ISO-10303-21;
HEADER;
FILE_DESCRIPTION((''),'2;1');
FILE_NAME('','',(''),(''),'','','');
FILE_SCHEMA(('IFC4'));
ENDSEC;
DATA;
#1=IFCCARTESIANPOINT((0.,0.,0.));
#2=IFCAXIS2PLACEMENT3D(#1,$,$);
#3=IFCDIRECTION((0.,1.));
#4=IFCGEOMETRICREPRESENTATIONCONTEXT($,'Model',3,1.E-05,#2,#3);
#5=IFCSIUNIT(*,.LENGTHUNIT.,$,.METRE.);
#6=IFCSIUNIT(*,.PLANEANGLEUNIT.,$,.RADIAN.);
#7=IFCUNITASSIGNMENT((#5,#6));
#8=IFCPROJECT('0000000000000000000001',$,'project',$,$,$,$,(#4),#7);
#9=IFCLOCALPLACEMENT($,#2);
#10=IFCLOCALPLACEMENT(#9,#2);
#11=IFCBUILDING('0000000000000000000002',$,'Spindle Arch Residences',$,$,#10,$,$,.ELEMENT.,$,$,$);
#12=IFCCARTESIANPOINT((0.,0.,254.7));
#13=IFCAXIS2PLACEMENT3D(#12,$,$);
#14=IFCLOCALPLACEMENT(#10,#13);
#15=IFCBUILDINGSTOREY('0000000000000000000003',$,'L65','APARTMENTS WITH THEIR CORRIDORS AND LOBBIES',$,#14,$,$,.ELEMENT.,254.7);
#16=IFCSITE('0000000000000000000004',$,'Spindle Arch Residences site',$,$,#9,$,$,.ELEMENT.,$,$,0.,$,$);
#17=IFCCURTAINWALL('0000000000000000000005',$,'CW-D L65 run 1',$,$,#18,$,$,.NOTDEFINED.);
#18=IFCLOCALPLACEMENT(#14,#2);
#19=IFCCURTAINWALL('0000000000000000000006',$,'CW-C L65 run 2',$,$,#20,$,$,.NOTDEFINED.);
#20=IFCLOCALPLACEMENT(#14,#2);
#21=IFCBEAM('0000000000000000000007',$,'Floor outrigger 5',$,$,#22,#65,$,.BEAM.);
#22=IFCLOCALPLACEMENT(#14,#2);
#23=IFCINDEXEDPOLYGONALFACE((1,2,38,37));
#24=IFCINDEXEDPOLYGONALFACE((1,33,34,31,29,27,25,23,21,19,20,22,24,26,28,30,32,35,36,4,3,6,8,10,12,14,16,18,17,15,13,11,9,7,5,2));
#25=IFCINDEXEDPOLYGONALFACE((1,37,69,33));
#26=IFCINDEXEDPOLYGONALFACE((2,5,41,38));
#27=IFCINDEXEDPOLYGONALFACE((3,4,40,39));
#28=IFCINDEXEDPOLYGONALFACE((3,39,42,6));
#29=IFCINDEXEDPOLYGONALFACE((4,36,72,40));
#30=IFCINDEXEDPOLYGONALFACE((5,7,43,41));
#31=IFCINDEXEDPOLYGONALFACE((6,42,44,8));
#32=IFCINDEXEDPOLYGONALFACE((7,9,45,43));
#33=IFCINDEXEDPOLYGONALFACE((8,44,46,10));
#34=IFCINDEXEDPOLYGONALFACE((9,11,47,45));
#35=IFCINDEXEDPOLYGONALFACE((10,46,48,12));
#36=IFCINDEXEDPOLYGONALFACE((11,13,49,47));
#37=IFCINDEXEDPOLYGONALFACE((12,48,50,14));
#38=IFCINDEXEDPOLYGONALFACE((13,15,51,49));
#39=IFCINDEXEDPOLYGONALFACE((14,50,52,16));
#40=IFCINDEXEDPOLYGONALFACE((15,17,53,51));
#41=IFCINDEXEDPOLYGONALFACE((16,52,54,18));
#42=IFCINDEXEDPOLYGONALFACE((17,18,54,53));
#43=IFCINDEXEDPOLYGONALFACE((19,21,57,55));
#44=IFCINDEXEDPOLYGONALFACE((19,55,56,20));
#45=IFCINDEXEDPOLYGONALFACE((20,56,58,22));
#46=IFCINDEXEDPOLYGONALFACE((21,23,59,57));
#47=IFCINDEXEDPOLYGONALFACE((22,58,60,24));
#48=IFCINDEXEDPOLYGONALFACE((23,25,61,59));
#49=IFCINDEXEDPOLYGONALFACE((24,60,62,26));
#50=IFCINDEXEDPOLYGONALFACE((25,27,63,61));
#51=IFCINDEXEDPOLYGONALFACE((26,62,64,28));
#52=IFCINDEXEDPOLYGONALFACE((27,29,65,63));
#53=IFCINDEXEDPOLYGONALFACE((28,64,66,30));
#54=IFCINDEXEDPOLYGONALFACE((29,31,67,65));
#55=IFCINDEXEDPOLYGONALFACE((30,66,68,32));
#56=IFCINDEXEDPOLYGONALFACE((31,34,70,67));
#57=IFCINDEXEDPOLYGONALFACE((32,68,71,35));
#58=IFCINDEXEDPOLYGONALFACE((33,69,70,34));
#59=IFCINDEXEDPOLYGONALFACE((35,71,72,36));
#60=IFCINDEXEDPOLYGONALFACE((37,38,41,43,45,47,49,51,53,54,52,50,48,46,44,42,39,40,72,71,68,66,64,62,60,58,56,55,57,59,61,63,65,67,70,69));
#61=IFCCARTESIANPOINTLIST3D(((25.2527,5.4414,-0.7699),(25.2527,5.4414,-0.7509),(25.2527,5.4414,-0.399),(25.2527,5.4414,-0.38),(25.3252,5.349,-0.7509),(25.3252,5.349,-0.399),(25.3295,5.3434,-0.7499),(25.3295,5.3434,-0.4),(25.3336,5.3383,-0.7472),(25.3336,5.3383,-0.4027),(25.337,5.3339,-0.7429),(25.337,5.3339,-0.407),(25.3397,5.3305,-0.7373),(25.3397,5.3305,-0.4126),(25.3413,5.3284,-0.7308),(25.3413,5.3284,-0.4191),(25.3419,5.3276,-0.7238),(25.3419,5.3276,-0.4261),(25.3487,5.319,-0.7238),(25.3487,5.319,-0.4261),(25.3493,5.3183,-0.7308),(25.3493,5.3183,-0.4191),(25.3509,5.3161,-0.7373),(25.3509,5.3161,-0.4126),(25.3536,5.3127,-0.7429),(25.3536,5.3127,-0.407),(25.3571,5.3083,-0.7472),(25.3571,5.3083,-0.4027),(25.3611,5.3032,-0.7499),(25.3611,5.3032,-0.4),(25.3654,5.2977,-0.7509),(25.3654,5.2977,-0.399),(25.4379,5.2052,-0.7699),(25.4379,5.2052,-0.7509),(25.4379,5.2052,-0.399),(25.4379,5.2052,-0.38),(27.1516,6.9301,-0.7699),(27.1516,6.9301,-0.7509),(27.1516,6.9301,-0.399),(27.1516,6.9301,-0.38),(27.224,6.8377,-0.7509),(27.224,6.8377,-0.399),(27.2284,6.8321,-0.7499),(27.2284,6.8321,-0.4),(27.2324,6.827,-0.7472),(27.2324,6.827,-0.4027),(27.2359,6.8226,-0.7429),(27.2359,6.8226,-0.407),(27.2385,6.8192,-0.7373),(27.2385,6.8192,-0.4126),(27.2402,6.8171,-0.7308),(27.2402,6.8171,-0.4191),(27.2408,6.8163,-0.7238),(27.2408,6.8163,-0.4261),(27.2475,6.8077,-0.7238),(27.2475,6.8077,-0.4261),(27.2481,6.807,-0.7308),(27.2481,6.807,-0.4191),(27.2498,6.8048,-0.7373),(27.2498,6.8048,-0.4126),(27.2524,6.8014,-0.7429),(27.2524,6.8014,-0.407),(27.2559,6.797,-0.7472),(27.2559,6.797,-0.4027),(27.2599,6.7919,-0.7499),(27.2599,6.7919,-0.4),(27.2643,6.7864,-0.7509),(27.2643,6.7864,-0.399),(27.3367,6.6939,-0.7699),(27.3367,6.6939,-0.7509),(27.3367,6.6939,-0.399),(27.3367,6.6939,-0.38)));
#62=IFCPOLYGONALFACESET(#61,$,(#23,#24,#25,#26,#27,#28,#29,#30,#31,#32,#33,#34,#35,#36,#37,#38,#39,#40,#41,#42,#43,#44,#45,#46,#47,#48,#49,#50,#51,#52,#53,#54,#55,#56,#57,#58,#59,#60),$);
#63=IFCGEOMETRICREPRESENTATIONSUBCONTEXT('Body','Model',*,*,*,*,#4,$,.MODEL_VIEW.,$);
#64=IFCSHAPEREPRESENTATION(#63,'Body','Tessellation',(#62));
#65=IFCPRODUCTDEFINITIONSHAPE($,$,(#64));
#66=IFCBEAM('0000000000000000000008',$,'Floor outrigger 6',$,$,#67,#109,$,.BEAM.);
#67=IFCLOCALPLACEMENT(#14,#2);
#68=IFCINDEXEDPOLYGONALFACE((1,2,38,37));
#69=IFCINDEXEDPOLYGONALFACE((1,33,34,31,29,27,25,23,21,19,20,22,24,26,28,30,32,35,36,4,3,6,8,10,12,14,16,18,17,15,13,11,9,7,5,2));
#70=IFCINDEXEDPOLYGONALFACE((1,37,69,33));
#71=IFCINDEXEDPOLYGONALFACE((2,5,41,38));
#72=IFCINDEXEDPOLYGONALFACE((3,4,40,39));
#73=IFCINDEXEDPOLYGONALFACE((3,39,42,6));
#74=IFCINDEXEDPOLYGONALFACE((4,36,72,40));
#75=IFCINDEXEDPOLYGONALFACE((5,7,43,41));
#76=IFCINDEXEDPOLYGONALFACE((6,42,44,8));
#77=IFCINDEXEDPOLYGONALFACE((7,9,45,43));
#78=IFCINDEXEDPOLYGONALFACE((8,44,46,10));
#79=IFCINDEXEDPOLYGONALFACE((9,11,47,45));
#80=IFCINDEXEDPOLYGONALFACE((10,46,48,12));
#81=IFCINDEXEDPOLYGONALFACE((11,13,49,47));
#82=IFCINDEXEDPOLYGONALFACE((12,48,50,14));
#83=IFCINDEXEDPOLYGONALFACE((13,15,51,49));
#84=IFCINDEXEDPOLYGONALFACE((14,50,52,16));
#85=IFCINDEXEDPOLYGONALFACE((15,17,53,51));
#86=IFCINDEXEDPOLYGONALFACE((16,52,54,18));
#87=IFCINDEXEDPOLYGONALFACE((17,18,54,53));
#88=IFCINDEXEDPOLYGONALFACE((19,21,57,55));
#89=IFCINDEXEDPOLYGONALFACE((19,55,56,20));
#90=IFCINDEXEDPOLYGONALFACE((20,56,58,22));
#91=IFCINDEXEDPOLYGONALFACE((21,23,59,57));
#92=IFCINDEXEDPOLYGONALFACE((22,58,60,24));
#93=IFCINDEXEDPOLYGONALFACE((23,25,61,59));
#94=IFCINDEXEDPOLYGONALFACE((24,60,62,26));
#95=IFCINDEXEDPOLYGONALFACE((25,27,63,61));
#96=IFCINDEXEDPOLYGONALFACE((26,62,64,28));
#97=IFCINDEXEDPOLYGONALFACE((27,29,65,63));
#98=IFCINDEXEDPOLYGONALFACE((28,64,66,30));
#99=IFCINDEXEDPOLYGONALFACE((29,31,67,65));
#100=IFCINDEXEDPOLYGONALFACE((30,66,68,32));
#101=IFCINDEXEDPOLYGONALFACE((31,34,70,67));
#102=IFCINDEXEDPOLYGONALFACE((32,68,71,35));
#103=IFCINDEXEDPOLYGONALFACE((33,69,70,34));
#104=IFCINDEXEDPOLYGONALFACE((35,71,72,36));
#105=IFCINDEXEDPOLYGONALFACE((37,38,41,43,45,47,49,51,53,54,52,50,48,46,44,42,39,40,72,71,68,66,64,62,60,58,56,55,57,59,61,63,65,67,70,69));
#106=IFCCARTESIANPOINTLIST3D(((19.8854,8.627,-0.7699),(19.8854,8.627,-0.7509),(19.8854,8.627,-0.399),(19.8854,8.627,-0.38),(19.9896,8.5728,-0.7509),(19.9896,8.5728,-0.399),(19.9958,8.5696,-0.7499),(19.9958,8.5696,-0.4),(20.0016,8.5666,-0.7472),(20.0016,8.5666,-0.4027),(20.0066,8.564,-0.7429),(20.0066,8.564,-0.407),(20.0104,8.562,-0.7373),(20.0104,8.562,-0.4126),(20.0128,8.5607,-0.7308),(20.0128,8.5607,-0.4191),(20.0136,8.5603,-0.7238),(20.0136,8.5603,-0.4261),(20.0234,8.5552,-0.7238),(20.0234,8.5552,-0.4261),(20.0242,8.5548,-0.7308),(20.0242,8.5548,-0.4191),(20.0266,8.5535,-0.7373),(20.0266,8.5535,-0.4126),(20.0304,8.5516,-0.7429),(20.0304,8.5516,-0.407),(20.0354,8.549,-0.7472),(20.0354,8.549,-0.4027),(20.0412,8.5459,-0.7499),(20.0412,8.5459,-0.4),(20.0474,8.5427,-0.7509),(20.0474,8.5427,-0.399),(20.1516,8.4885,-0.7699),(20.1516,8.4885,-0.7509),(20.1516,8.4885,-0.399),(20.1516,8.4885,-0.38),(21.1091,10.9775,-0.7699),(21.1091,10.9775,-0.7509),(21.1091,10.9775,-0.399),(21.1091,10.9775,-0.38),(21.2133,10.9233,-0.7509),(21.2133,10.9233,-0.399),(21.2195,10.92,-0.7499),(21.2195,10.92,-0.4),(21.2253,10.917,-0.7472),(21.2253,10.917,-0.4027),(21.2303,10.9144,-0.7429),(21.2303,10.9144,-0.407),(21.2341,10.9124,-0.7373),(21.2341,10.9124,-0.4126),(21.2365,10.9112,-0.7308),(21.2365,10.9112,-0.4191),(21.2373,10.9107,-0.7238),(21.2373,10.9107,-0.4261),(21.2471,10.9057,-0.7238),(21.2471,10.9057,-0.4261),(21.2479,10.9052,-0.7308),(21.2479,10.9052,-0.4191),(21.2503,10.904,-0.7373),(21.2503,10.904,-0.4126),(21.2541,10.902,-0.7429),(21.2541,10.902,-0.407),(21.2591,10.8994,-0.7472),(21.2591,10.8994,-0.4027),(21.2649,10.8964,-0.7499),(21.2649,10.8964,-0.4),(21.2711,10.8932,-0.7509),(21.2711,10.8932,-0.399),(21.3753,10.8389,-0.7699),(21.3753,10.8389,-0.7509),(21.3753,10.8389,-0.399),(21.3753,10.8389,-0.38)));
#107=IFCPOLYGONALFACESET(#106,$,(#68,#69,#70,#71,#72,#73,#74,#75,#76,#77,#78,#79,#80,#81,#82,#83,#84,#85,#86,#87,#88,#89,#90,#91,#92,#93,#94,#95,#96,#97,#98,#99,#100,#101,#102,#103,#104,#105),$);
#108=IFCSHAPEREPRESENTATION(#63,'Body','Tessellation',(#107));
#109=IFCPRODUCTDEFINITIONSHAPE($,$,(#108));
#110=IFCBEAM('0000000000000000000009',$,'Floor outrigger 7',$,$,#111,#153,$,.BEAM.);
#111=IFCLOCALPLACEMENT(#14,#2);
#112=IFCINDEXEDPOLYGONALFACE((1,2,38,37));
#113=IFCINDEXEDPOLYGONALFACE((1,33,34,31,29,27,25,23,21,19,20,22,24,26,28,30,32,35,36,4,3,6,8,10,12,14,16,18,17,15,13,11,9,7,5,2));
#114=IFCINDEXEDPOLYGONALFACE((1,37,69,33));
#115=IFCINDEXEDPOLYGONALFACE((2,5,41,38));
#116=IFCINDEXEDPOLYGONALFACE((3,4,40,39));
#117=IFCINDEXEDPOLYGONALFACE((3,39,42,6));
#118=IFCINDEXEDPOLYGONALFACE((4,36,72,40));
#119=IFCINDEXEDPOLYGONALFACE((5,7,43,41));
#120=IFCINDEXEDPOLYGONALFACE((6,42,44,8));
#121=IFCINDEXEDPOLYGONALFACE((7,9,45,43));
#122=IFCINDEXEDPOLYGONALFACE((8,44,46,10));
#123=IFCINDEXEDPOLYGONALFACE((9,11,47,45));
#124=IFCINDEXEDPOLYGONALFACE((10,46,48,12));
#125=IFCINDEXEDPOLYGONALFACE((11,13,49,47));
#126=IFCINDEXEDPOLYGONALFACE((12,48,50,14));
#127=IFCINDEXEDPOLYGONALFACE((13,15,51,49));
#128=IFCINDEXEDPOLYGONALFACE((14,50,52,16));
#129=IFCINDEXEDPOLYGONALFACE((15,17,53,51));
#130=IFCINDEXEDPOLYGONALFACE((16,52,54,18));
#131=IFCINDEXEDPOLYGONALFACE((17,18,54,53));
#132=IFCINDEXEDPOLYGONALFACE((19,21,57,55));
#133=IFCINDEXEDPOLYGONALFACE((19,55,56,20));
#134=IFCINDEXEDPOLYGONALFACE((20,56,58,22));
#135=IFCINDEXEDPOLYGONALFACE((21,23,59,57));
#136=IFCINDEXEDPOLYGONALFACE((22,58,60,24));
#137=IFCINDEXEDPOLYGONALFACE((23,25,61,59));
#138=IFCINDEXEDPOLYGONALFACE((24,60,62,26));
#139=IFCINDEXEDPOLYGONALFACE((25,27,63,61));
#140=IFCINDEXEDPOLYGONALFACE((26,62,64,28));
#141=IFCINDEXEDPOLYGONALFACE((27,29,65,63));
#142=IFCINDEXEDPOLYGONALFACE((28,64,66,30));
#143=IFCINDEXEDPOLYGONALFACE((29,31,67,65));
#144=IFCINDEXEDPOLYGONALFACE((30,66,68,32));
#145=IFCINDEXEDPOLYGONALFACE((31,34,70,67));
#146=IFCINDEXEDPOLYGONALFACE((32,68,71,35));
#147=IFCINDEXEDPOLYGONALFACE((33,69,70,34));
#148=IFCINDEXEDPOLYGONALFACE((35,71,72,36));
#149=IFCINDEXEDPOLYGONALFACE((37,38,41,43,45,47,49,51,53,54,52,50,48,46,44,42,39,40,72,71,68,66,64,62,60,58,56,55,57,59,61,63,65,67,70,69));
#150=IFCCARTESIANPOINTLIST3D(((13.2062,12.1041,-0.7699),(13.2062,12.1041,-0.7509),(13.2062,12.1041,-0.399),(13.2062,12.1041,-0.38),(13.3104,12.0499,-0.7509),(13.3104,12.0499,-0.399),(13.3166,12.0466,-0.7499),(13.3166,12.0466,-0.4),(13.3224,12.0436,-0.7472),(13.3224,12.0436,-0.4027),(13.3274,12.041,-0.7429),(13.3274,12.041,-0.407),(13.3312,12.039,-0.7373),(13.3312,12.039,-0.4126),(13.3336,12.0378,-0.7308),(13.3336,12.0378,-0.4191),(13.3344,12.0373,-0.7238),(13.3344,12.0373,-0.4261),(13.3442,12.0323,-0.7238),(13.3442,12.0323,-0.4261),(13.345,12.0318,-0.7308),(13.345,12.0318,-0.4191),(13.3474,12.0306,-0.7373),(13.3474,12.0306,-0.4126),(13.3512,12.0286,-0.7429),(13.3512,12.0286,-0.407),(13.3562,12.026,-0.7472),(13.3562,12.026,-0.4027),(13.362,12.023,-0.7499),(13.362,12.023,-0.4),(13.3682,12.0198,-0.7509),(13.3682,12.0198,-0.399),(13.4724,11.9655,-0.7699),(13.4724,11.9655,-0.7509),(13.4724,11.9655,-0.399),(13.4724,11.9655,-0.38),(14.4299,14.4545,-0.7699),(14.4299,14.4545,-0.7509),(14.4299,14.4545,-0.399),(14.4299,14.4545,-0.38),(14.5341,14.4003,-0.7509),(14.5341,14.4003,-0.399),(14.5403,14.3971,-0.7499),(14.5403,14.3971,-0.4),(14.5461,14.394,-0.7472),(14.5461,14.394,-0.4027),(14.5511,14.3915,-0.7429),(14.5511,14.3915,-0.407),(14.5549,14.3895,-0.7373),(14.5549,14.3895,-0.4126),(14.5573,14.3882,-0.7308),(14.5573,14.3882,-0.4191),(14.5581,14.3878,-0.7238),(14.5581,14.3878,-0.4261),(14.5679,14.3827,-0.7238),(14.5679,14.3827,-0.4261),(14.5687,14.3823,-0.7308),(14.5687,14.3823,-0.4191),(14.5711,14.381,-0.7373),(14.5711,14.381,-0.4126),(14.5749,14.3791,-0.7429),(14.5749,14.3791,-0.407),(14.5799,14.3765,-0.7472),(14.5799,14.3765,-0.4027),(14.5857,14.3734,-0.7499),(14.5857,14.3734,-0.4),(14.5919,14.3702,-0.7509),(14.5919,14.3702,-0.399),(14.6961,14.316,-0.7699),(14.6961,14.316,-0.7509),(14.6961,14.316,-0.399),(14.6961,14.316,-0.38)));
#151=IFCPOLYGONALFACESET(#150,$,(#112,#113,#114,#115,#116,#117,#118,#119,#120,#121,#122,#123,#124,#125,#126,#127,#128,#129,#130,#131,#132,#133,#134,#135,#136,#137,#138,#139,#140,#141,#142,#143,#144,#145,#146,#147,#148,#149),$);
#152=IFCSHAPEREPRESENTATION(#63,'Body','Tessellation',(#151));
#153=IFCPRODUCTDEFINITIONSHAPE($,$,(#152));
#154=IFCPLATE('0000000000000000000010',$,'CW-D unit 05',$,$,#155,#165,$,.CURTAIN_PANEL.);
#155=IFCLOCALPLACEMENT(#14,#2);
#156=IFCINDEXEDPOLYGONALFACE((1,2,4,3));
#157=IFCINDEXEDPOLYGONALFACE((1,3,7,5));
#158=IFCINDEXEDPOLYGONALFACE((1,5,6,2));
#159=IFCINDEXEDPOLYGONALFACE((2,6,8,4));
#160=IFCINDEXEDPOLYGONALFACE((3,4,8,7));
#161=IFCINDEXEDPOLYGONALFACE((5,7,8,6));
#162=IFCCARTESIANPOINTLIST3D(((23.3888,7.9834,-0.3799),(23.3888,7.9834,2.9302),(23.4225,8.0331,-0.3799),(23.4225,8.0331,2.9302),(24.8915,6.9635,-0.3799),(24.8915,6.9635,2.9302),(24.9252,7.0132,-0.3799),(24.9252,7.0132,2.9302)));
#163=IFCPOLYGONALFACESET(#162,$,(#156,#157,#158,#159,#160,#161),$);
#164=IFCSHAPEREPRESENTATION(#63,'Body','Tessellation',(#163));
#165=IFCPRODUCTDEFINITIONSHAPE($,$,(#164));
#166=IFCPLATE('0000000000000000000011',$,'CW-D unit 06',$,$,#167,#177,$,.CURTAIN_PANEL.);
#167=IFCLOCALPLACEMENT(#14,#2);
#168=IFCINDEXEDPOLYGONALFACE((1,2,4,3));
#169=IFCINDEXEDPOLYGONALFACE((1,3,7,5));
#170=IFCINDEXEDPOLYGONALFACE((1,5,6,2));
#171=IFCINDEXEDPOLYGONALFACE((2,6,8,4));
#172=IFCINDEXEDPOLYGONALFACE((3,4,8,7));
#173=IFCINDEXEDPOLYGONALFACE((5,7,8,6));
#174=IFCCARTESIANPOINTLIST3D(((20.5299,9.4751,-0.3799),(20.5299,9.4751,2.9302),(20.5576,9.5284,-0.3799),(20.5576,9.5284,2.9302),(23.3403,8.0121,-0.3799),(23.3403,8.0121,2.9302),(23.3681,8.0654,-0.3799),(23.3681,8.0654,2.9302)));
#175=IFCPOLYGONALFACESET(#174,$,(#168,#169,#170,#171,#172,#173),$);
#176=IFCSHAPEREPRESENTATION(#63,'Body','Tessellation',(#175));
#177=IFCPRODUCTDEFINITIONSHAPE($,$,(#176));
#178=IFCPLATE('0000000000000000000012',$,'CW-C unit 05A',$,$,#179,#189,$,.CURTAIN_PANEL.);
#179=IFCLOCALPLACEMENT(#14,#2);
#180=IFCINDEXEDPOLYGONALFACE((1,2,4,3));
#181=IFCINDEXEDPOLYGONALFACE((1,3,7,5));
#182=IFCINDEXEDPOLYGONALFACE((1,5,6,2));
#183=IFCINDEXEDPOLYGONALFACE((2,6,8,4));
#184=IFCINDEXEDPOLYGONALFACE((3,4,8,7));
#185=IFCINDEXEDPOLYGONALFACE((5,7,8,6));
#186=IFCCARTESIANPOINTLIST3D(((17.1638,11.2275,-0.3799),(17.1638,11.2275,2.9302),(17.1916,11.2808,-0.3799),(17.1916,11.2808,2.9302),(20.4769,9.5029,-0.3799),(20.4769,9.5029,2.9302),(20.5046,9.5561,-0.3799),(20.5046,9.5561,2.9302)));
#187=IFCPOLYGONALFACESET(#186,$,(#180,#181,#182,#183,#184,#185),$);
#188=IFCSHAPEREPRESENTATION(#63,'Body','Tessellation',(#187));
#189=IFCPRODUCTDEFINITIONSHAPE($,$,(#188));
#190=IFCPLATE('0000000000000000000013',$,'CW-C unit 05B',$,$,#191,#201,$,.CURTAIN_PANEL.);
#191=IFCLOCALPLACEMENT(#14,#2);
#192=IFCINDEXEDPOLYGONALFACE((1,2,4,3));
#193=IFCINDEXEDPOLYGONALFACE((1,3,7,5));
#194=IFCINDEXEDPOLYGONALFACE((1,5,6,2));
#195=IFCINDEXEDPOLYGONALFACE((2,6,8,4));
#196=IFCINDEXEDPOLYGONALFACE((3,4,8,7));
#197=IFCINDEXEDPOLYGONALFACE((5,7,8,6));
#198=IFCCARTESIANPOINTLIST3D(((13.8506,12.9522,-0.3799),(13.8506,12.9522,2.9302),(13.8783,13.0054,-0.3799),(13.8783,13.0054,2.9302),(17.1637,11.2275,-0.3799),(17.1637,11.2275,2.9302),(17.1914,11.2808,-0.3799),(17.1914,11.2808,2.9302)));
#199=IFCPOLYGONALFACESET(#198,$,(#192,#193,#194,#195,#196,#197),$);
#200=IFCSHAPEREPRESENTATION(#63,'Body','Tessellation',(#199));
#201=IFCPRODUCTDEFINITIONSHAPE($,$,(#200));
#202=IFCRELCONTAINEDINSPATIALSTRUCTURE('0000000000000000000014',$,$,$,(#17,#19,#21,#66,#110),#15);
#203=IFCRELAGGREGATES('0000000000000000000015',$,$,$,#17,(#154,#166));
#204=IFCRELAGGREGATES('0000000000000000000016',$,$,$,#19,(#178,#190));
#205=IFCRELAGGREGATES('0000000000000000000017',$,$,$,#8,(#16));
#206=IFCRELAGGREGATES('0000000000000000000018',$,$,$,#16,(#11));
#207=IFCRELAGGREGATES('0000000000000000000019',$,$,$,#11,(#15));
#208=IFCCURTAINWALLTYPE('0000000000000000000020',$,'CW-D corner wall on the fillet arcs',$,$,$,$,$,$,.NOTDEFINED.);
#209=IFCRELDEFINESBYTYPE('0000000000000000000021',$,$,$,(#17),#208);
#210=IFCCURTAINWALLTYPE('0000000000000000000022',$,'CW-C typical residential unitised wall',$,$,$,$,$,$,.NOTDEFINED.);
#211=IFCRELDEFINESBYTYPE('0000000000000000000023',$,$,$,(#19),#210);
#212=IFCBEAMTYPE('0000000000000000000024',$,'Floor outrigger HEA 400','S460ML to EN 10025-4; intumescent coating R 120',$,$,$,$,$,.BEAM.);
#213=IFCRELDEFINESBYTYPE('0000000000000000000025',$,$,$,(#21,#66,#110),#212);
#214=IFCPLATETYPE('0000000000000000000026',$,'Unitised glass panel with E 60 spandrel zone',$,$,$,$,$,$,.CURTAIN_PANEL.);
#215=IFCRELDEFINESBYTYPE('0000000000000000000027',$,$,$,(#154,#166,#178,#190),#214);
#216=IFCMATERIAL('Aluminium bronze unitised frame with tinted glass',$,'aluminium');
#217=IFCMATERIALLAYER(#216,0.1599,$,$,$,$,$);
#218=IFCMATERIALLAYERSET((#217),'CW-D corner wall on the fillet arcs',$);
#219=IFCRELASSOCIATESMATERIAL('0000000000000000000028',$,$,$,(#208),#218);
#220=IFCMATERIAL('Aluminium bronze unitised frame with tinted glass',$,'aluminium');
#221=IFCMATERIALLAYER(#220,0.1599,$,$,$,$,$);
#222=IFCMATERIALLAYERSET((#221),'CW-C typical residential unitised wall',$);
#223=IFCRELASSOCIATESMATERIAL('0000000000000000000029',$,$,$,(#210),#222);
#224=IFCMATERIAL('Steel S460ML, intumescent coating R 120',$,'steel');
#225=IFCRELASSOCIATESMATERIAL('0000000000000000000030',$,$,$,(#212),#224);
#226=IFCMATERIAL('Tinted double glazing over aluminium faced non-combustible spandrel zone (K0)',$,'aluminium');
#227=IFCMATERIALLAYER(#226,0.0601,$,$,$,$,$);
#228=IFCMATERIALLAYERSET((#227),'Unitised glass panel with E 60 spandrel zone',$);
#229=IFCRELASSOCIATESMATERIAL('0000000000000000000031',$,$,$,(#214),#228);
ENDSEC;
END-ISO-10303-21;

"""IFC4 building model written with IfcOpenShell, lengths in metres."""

from ifc_helpers import new_model, si_unit, direction, frame, origin, origin_2d, place, context, subcontext, project, spatial, rectangle, i_section, extrude, material, layer, layer_set, material_profile, profile_set, type_object, element, aggregate, save


model = new_model("IFC4")

# Units and contexts
model_context = context("Model", 3, precision=1e-05, world=origin(), true_north=direction((0.0, 1.0)))
body_context = subcontext(model_context, "Body", "Model", "MODEL_VIEW")
ifc_project = project(units=[si_unit("LENGTHUNIT", "METRE"), si_unit("PLANEANGLEUNIT", "RADIAN")], contexts=[model_context])

# Site, building, storey
site_placement = place(None, origin())
site = spatial("IfcSite", under=ifc_project, at=site_placement, Name="Spindle Arch Residences site", CompositionType="ELEMENT", RefElevation=0.0)
building_placement = place(site_placement, origin())
building = spatial("IfcBuilding", under=site, at=building_placement, Name="Spindle Arch Residences", CompositionType="ELEMENT")
storey_placement = place(building_placement, frame((0.0, 0.0, 254.7)))
storey = spatial("IfcBuildingStorey", under=building, at=storey_placement, Name="L65", Description="APARTMENTS WITH THEIR CORRIDORS AND LOBBIES", CompositionType="ELEMENT", Elevation=254.7)

# Curtain walls
ifc_material_1 = material(Name="Aluminium bronze unitised frame with tinted glass", Category="aluminium")
ifc_layer_1 = layer(ifc_material_1, 0.1599)
ifc_layer_set_1 = layer_set([ifc_layer_1], Name="CW-D corner wall on the fillet arcs")
curtain_wall_type_1 = type_object("IfcCurtainWallType", Name="CW-D corner wall on the fillet arcs", PredefinedType="NOTDEFINED", material=ifc_layer_set_1)
curtain_wall_1_placement = place(storey_placement, origin())
curtain_wall_1 = element("IfcCurtainWall", 1, at=curtain_wall_1_placement, inside=storey, type_object=curtain_wall_type_1, Name="CW-D L65 run 1", PredefinedType="NOTDEFINED")
ifc_material_2 = material(Name="Aluminium bronze unitised frame with tinted glass", Category="aluminium")
ifc_layer_2 = layer(ifc_material_2, 0.1599)
ifc_layer_set_2 = layer_set([ifc_layer_2], Name="CW-C typical residential unitised wall")
curtain_wall_type_2 = type_object("IfcCurtainWallType", Name="CW-C typical residential unitised wall", PredefinedType="NOTDEFINED", material=ifc_layer_set_2)
curtain_wall_2_placement = place(storey_placement, origin())
curtain_wall_2 = element("IfcCurtainWall", 2, at=curtain_wall_2_placement, inside=storey, type_object=curtain_wall_type_2, Name="CW-C L65 run 2", PredefinedType="NOTDEFINED")

# Beams
ifc_material_3 = material(Name="Steel S460ML, intumescent coating R 120", Category="steel")
ifc_material_profile_1 = material_profile(ifc_material_3, i_section(OverallWidth=0.3, OverallDepth=0.3899, WebThickness=0.011, FlangeThickness=0.019, FilletRadius=0.0271, at=origin_2d()), Name="HEA 400")
ifc_profile_set_1 = profile_set([ifc_material_profile_1], Name="Steel S460ML, intumescent coating R 120")
beam_type_1 = type_object("IfcBeamType", Name="Floor outrigger HEA 400", Description="S460ML to EN 10025-4; intumescent coating R 120", PredefinedType="BEAM", material=ifc_profile_set_1)
beam_1_placement = place(storey_placement, frame((27.2441, 6.812, -0.575), z_axis=(-0.786971, -0.61699, 0.0), x_axis=(0.61699, -0.786971, 0.0)))
element("IfcBeam", 3, at=beam_1_placement, inside=storey, type_object=beam_type_1, Name="Floor outrigger 5", PredefinedType="BEAM", context=body_context, shape_type="SweptSolid", body=[
    extrude(i_section(OverallWidth=0.3, OverallDepth=0.3899, WebThickness=0.011, FlangeThickness=0.019, FilletRadius=0.0271, at=origin_2d()), origin(), (0.0, 0.0, 1.0), 2.4128),
])
for number, where, z_axis, x_axis, name in (
    (4, (21.2422, 10.9082, -0.575), (-0.461785, -0.886992, 0.0), (0.886992, -0.461785, 0.0), "Floor outrigger 6"),
    (5, (14.563, 14.3853, -0.575), (-0.461785, -0.886992, 0.0), (0.886992, -0.461785, 0.0), "Floor outrigger 7"),
):
    element("IfcBeam", number, at=place(storey_placement, frame(where, z_axis=z_axis, x_axis=x_axis)), inside=storey, type_object=beam_type_1, Name=name, PredefinedType="BEAM", context=body_context, shape_type="SweptSolid", body=[
        extrude(i_section(OverallWidth=0.3, OverallDepth=0.3899, WebThickness=0.011, FlangeThickness=0.019, FilletRadius=0.0271, at=origin_2d()), origin(), (0.0, 0.0, 1.0), 2.6499),
    ])

# Plates
ifc_material_4 = material(Name="Tinted double glazing over aluminium faced non-combustible spandrel zone (K0)", Category="aluminium")
ifc_layer_3 = layer(ifc_material_4, 0.0601)
ifc_layer_set_3 = layer_set([ifc_layer_3], Name="Unitised glass panel with E 60 spandrel zone")
plate_type = type_object("IfcPlateType", Name="Unitised glass panel with E 60 spandrel zone", PredefinedType="CURTAIN_PANEL", material=ifc_layer_set_3)
plate_1_placement = place(storey_placement, frame((24.157, 7.4983, -0.3799), z_axis=(0.0, 0.0, 1.0), x_axis=(-0.827407, 0.561602, 0.0)))
plate_1 = element("IfcPlate", 6, at=plate_1_placement, type_object=plate_type, Name="CW-D unit 05", PredefinedType="CURTAIN_PANEL", context=body_context, shape_type="SweptSolid", body=[
    extrude(rectangle(XDim=1.8162, YDim=0.0601, at=origin_2d()), origin(), (0.0, 0.0, 1.0), 3.3101),
])
plate_2_placement = place(storey_placement, frame((21.949, 8.7703, -0.3799), z_axis=(0.0, 0.0, 1.0), x_axis=(-0.887011, 0.461749, 0.0)))
plate_2 = element("IfcPlate", 7, at=plate_2_placement, type_object=plate_type, Name="CW-D unit 06", PredefinedType="CURTAIN_PANEL", context=body_context, shape_type="SweptSolid", body=[
    extrude(rectangle(XDim=3.1685, YDim=0.0601, at=origin_2d()), origin(), (0.0, 0.0, 1.0), 3.3101),
])
aggregate(curtain_wall_1, [plate_1, plate_2])
plate_3_placement = place(storey_placement, frame((18.8342, 10.3918, -0.3799), z_axis=(0.0, 0.0, 1.0), x_axis=(-0.887011, 0.461749, 0.0)))
plate_3 = element("IfcPlate", 8, at=plate_3_placement, type_object=plate_type, Name="CW-C unit 05A", PredefinedType="CURTAIN_PANEL", context=body_context, shape_type="SweptSolid", body=[
    extrude(rectangle(XDim=3.7351, YDim=0.0601, at=origin_2d()), origin(), (0.0, 0.0, 1.0), 3.3101),
])
plate_4_placement = place(storey_placement, frame((15.521, 12.1165, -0.3799), z_axis=(0.0, 0.0, 1.0), x_axis=(-0.887011, 0.461749, 0.0)))
plate_4 = element("IfcPlate", 9, at=plate_4_placement, type_object=plate_type, Name="CW-C unit 05B", PredefinedType="CURTAIN_PANEL", context=body_context, shape_type="SweptSolid", body=[
    extrude(rectangle(XDim=3.7351, YDim=0.0601, at=origin_2d()), origin(), (0.0, 0.0, 1.0), 3.3101),
])
aggregate(curtain_wall_2, [plate_3, plate_4])

save(model, "model.ifc")
